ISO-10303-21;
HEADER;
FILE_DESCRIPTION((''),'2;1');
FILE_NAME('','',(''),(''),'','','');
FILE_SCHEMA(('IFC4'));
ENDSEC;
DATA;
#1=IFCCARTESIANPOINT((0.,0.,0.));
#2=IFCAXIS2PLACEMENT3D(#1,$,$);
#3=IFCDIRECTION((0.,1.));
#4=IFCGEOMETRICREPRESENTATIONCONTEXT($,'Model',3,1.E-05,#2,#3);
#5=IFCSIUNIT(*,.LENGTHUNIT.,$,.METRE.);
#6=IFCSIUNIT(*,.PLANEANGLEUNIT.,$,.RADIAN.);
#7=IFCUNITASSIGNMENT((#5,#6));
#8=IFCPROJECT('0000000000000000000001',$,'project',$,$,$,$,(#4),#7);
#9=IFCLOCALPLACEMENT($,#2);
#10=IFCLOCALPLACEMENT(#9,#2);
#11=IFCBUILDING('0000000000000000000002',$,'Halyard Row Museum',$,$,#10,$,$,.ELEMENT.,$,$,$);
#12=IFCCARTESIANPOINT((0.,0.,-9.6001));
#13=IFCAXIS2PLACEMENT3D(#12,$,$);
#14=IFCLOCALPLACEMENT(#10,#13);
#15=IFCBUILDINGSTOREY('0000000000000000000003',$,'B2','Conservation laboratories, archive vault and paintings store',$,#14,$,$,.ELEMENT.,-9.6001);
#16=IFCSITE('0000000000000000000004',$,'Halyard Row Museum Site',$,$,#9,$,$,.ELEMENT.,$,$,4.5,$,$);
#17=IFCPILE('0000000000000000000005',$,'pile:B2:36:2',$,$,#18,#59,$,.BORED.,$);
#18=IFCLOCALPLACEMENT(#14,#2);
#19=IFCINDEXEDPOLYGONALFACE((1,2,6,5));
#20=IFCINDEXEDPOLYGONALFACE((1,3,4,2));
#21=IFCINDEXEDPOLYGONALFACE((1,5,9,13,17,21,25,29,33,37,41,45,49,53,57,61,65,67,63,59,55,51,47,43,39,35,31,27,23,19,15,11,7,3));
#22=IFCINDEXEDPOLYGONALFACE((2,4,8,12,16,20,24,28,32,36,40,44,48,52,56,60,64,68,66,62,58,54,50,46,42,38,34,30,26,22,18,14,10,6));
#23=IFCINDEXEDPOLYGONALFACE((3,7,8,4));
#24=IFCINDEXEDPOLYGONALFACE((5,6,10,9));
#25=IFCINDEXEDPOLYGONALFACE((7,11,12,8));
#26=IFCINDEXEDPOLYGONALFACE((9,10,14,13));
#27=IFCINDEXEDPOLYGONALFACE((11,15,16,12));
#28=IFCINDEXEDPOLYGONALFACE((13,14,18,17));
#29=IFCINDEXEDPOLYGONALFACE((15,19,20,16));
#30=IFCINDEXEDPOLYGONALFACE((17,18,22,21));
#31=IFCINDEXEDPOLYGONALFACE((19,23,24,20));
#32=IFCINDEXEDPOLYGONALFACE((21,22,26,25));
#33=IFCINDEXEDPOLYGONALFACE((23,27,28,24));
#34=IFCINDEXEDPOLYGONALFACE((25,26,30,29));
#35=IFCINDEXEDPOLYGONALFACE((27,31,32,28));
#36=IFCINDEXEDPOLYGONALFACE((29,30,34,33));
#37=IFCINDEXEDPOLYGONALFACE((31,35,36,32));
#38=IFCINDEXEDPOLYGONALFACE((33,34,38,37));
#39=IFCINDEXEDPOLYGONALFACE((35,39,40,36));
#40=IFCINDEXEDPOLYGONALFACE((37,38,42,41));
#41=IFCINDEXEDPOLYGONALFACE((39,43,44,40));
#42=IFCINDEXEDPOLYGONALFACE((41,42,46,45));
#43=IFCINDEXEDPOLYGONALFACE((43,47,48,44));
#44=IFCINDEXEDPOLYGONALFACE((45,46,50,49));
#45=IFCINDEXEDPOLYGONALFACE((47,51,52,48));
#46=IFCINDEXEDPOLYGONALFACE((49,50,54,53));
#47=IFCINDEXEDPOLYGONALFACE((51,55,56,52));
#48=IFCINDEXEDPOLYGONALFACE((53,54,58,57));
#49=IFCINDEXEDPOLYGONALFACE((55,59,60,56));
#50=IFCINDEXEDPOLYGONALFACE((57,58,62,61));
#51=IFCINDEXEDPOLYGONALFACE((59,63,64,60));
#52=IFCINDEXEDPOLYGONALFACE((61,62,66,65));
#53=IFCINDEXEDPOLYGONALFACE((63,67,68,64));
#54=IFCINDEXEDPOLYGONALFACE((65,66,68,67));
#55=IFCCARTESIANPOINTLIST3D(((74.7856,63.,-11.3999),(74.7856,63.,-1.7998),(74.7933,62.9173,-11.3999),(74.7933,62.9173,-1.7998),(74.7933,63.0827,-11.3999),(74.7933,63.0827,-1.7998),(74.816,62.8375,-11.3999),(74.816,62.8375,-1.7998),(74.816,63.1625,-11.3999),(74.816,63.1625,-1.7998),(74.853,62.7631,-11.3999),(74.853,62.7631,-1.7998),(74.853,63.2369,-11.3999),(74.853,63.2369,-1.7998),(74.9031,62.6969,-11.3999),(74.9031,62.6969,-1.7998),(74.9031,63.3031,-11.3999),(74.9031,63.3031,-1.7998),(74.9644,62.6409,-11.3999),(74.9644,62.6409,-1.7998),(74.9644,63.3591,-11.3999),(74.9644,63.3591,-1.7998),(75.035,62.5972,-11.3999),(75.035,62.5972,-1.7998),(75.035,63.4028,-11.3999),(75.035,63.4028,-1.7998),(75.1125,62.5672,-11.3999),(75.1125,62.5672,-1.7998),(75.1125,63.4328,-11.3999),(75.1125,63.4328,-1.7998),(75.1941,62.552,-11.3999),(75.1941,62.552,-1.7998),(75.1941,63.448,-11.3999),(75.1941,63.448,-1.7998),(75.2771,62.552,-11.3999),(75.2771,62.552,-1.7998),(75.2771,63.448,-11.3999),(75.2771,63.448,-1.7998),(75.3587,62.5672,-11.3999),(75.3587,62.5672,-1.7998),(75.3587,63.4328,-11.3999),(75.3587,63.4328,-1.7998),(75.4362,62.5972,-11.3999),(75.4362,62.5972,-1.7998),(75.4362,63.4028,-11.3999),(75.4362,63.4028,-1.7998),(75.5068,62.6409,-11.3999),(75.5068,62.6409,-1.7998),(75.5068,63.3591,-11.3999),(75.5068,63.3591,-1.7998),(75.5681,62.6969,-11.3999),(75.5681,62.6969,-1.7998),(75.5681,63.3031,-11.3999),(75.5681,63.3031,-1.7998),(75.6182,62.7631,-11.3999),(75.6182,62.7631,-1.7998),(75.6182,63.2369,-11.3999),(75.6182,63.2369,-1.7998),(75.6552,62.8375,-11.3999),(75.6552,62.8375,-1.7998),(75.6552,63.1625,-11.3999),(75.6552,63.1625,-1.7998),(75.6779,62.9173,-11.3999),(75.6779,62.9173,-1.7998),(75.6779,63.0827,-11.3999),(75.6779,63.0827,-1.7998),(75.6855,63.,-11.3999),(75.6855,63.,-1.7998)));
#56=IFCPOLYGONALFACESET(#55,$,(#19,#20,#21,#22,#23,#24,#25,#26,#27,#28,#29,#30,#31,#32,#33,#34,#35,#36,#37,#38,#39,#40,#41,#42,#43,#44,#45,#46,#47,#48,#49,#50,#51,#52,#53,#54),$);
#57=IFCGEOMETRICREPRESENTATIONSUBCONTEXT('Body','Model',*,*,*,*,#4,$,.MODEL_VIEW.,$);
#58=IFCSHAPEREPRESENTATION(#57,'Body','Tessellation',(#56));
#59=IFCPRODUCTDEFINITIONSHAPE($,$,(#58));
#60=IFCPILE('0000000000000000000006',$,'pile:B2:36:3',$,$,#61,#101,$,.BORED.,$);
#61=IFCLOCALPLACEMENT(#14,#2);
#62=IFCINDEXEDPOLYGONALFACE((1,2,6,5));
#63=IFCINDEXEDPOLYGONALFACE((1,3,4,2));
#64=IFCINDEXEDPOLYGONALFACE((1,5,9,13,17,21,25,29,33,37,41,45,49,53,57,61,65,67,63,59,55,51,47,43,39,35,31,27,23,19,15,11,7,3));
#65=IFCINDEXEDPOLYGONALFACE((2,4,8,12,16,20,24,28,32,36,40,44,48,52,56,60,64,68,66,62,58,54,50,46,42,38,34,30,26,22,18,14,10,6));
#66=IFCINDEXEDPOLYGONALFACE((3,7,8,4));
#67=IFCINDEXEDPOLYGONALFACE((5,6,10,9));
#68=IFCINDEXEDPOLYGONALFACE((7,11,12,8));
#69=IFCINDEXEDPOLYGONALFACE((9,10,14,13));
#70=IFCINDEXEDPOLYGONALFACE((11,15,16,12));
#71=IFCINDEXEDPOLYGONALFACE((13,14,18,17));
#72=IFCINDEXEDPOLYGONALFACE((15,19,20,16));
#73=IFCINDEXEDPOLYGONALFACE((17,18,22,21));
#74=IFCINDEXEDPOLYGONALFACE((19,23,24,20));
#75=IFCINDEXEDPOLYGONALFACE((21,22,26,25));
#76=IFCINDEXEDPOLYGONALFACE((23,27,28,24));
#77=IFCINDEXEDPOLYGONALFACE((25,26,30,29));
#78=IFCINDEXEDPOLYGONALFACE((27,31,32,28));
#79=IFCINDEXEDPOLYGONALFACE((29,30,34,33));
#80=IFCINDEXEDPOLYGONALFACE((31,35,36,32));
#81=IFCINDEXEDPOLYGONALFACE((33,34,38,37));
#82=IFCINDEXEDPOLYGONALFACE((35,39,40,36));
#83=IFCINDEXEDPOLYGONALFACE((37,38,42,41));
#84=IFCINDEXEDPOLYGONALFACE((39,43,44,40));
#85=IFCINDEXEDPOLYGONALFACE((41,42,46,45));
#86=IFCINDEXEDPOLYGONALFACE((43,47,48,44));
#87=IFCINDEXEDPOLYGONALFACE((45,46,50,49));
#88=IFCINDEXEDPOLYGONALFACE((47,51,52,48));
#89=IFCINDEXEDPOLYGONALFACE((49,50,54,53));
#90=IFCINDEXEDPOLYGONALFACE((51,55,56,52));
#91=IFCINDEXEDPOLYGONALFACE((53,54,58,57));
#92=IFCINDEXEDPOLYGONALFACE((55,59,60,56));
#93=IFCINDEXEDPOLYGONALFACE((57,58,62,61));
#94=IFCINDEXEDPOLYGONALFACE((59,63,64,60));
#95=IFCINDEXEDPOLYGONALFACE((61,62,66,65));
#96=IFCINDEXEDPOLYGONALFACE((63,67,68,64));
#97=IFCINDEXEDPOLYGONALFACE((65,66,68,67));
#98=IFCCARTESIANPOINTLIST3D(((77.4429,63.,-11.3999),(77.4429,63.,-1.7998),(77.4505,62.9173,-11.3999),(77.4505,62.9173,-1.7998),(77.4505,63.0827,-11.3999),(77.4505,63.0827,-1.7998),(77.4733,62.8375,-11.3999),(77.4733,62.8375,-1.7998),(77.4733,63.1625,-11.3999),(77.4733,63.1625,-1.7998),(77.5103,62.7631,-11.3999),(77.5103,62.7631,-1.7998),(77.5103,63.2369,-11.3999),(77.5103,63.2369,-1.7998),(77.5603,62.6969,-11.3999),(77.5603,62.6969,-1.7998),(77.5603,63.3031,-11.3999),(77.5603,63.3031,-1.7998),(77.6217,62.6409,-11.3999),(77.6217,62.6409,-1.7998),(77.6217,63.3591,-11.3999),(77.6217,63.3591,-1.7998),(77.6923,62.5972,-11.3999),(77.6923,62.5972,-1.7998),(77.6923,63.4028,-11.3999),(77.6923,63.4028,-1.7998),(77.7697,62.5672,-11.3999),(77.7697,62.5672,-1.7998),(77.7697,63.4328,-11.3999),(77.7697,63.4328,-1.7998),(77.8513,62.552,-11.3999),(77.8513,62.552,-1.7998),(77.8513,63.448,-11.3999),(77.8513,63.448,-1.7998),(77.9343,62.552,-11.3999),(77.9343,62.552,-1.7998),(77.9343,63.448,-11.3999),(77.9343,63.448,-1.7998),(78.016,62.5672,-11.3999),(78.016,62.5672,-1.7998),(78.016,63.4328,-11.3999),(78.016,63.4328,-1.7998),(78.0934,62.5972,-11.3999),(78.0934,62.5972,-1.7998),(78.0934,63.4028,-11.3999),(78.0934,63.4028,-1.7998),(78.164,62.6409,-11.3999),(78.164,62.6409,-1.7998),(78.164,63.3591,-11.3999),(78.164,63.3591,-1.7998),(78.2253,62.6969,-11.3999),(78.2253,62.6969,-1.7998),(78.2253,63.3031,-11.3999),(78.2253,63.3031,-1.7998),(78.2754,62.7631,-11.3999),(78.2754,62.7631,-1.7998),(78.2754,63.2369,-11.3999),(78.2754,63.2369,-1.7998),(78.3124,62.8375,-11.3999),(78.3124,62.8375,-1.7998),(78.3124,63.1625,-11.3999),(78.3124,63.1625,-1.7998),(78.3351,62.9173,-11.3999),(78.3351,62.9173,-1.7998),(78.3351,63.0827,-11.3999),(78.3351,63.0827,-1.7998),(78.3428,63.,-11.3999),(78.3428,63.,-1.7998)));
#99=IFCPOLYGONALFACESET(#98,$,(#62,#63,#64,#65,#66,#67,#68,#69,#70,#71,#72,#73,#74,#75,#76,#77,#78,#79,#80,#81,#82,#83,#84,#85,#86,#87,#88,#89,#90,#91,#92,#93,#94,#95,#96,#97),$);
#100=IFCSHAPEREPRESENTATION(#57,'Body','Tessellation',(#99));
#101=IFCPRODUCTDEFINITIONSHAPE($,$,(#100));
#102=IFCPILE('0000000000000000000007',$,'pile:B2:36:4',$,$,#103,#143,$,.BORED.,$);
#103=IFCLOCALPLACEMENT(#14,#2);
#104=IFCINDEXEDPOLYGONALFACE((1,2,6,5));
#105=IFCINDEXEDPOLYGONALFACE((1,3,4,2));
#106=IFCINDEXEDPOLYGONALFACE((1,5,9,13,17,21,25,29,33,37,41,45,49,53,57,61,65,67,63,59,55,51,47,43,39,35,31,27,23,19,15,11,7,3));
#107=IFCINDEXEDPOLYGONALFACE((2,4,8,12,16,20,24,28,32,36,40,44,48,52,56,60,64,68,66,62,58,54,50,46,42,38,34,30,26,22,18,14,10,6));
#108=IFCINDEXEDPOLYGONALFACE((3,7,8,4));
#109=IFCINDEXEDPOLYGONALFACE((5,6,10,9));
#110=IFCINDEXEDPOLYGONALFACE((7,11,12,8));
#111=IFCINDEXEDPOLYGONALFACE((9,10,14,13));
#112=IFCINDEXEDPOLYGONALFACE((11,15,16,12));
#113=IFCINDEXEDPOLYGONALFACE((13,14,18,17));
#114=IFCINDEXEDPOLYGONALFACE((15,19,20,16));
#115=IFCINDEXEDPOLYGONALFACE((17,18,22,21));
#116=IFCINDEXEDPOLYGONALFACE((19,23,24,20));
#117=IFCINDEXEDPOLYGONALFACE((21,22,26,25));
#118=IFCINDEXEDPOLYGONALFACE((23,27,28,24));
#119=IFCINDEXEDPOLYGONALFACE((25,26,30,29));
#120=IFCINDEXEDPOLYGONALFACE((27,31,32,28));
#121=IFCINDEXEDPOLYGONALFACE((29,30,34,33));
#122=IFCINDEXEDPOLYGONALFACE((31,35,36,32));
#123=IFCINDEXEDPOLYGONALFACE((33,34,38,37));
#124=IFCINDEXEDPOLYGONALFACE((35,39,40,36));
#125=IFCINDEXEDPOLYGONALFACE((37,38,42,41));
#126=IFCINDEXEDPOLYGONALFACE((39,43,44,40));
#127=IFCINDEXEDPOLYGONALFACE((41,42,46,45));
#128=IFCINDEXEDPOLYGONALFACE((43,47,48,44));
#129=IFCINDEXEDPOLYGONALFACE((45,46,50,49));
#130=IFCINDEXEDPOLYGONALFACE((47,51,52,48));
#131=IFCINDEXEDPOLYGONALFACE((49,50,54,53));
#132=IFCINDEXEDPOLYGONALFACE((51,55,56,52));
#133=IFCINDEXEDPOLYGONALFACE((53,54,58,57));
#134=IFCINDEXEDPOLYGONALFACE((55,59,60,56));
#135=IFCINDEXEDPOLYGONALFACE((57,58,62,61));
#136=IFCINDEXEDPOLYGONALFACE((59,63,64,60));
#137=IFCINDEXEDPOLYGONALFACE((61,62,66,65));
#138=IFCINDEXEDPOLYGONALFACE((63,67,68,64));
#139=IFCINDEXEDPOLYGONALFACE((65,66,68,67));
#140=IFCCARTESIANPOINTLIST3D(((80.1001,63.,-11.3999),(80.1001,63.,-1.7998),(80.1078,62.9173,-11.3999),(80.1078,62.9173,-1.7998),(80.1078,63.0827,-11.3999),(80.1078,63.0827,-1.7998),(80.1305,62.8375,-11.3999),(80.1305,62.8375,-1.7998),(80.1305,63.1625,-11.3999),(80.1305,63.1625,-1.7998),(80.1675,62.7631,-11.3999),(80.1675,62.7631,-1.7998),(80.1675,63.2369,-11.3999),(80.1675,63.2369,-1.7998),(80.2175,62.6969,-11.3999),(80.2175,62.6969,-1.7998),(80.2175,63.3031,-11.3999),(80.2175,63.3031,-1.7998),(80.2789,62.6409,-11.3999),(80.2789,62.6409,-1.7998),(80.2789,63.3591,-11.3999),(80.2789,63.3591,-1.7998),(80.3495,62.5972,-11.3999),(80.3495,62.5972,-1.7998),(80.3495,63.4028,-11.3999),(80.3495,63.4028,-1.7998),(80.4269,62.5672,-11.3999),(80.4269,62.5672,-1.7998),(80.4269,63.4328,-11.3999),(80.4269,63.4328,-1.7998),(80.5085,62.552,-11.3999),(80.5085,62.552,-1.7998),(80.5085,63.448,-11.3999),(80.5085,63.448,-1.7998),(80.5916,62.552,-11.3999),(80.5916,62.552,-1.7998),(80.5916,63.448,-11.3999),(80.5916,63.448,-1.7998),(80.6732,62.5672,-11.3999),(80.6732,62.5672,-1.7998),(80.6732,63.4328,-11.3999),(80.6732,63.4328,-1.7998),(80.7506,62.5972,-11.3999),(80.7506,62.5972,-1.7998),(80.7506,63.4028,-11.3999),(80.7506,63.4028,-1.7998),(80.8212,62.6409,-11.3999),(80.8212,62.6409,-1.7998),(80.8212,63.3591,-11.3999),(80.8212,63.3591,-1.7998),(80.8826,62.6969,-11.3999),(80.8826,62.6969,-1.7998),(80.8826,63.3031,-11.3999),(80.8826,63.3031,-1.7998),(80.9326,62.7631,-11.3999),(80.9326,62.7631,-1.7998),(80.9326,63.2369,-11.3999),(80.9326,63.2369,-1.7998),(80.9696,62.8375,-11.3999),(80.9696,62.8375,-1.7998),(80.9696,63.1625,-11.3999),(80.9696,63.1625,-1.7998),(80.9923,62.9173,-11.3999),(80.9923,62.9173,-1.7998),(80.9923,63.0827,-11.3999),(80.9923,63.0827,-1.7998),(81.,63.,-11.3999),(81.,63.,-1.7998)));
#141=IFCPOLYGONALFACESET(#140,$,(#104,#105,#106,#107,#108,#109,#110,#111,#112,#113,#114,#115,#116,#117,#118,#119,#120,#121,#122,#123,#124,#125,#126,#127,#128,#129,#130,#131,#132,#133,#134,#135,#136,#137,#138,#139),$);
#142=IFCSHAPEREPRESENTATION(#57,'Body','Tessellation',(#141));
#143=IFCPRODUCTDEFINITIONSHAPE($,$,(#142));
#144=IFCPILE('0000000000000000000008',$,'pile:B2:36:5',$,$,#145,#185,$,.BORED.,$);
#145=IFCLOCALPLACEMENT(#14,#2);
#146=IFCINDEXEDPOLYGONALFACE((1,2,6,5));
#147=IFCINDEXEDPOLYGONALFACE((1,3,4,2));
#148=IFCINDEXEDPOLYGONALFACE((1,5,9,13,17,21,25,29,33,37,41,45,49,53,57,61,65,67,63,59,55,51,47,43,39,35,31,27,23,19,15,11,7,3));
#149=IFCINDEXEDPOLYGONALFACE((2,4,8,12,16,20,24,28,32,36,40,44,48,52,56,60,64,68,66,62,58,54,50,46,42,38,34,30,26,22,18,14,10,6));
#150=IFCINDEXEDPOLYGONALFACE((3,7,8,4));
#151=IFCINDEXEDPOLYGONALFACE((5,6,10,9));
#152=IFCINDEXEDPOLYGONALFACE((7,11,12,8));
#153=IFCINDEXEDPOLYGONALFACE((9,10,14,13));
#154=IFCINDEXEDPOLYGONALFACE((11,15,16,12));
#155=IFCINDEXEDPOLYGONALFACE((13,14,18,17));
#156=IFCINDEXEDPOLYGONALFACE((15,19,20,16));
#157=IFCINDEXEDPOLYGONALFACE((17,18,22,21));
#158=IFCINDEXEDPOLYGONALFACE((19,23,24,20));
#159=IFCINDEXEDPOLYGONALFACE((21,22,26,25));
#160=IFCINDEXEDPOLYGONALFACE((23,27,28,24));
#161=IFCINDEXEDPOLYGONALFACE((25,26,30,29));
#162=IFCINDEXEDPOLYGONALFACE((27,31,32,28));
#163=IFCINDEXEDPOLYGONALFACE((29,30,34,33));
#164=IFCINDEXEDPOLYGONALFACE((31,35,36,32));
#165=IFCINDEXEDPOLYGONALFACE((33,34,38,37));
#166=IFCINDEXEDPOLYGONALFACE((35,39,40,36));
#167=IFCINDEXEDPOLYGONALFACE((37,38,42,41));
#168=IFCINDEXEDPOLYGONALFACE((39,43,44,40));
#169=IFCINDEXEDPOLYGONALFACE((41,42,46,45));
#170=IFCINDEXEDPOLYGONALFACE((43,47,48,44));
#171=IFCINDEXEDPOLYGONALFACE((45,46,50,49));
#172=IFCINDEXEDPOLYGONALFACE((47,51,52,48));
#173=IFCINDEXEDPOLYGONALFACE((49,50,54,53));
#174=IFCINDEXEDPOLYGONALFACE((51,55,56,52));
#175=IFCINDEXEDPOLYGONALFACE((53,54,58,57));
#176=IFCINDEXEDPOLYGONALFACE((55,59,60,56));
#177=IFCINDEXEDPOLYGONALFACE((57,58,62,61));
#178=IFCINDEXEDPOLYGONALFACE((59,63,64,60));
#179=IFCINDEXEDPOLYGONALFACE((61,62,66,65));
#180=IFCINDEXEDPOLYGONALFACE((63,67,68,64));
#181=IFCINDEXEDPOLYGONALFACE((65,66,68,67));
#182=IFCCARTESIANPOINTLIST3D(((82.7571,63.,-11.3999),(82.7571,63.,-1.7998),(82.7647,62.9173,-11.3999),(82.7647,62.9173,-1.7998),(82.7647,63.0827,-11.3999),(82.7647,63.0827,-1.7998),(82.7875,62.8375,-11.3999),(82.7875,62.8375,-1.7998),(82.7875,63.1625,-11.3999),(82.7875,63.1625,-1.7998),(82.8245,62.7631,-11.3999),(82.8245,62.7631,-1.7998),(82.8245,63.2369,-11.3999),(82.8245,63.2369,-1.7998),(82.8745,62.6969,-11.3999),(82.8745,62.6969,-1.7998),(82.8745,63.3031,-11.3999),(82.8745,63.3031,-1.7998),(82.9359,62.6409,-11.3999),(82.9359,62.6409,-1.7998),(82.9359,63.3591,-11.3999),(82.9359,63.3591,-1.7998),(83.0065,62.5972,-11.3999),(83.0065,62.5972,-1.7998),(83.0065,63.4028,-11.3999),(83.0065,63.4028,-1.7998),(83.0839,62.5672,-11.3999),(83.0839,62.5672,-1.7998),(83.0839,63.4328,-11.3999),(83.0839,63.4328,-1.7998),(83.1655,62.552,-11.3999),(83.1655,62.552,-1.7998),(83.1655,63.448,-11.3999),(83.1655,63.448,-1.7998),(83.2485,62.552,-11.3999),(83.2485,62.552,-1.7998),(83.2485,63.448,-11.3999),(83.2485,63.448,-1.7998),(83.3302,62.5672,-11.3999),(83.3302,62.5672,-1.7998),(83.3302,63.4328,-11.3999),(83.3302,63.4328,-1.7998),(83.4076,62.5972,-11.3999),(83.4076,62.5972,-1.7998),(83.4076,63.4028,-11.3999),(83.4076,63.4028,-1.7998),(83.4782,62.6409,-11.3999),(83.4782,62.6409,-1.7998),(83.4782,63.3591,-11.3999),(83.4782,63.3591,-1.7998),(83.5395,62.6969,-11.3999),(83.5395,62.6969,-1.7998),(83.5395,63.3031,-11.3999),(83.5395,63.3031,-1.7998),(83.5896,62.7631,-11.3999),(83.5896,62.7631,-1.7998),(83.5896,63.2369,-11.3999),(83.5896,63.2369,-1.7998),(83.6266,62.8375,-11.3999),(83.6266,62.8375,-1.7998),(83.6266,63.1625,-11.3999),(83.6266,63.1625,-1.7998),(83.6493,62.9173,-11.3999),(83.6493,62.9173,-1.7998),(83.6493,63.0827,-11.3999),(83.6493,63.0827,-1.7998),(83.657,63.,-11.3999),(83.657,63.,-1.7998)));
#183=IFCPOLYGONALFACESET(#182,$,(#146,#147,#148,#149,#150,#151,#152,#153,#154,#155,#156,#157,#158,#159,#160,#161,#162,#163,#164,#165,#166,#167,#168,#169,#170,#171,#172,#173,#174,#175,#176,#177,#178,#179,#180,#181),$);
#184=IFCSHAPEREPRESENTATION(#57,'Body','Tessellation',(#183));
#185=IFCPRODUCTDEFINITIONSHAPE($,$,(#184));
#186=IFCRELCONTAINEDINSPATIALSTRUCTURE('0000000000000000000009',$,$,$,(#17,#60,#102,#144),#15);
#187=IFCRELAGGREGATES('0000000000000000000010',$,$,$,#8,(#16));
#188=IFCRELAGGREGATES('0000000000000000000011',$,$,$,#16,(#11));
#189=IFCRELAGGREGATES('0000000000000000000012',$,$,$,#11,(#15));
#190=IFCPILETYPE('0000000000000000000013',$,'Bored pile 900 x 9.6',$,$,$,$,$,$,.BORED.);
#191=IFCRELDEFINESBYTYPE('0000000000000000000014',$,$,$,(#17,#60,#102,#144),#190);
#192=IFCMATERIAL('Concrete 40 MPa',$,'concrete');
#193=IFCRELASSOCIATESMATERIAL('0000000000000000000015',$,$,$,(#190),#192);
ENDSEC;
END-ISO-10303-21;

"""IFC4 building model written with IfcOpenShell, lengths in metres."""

from ifc_helpers import new_model, si_unit, direction, frame, origin, origin_2d, place, context, subcontext, project, spatial, circle, extrude, material, material_profile, profile_set, type_object, element, save


model = new_model("IFC4")

# Units and contexts
model_context = context("Model", 3, precision=1e-05, world=origin(), true_north=direction((0.0, 1.0)))
body_context = subcontext(model_context, "Body", "Model", "MODEL_VIEW")
ifc_project = project(units=[si_unit("LENGTHUNIT", "METRE"), si_unit("PLANEANGLEUNIT", "RADIAN")], contexts=[model_context])

# Site, building, storey
site_placement = place(None, origin())
site = spatial("IfcSite", under=ifc_project, at=site_placement, Name="Halyard Row Museum Site", CompositionType="ELEMENT", RefElevation=4.5)
building_placement = place(site_placement, origin())
building = spatial("IfcBuilding", under=site, at=building_placement, Name="Halyard Row Museum", CompositionType="ELEMENT")
storey_placement = place(building_placement, frame((0.0, 0.0, -9.6001)))
storey = spatial("IfcBuildingStorey", under=building, at=storey_placement, Name="B2", Description="Conservation laboratories, archive vault and paintings store", CompositionType="ELEMENT", Elevation=-9.6001)

# Piles
ifc_material_1 = material(Name="Concrete 40 MPa", Category="concrete")
ifc_material_profile_1 = material_profile(ifc_material_1, circle(Radius=0.45, at=origin_2d()), Name="Bored pile 900 x 9.6")
ifc_profile_set_1 = profile_set([ifc_material_profile_1], Name="Concrete 40 MPa")
pile_type_1 = type_object("IfcPileType", Name="Bored pile 900 x 9.6", PredefinedType="BORED", material=ifc_profile_set_1)
for number, where, z_axis, x_axis, name in (
    (1, (75.2356, 63.0, -1.7998), (0.0, 0.0, -1.0), (1.0, 0.0, 0.0), "pile:B2:36:2"),
    (2, (77.8928, 63.0, -1.7998), (0.0, 0.0, -1.0), (1.0, 0.0, 0.0), "pile:B2:36:3"),
    (3, (80.55, 63.0, -1.7998), (0.0, 0.0, -1.0), (1.0, 0.0, 0.0), "pile:B2:36:4"),
    (4, (83.207, 63.0, -1.7998), (0.0, 0.0, -1.0), (1.0, 0.0, 0.0), "pile:B2:36:5"),
):
    element("IfcPile", number, at=place(storey_placement, frame(where, z_axis=z_axis, x_axis=x_axis)), inside=storey, type_object=pile_type_1, Name=name, PredefinedType="BORED", context=body_context, shape_type="SweptSolid", body=[
        extrude(circle(Radius=0.45, at=origin_2d()), origin(), (0.0, 0.0, 1.0), 9.6001),
    ])

save(model, "model.ifc")
